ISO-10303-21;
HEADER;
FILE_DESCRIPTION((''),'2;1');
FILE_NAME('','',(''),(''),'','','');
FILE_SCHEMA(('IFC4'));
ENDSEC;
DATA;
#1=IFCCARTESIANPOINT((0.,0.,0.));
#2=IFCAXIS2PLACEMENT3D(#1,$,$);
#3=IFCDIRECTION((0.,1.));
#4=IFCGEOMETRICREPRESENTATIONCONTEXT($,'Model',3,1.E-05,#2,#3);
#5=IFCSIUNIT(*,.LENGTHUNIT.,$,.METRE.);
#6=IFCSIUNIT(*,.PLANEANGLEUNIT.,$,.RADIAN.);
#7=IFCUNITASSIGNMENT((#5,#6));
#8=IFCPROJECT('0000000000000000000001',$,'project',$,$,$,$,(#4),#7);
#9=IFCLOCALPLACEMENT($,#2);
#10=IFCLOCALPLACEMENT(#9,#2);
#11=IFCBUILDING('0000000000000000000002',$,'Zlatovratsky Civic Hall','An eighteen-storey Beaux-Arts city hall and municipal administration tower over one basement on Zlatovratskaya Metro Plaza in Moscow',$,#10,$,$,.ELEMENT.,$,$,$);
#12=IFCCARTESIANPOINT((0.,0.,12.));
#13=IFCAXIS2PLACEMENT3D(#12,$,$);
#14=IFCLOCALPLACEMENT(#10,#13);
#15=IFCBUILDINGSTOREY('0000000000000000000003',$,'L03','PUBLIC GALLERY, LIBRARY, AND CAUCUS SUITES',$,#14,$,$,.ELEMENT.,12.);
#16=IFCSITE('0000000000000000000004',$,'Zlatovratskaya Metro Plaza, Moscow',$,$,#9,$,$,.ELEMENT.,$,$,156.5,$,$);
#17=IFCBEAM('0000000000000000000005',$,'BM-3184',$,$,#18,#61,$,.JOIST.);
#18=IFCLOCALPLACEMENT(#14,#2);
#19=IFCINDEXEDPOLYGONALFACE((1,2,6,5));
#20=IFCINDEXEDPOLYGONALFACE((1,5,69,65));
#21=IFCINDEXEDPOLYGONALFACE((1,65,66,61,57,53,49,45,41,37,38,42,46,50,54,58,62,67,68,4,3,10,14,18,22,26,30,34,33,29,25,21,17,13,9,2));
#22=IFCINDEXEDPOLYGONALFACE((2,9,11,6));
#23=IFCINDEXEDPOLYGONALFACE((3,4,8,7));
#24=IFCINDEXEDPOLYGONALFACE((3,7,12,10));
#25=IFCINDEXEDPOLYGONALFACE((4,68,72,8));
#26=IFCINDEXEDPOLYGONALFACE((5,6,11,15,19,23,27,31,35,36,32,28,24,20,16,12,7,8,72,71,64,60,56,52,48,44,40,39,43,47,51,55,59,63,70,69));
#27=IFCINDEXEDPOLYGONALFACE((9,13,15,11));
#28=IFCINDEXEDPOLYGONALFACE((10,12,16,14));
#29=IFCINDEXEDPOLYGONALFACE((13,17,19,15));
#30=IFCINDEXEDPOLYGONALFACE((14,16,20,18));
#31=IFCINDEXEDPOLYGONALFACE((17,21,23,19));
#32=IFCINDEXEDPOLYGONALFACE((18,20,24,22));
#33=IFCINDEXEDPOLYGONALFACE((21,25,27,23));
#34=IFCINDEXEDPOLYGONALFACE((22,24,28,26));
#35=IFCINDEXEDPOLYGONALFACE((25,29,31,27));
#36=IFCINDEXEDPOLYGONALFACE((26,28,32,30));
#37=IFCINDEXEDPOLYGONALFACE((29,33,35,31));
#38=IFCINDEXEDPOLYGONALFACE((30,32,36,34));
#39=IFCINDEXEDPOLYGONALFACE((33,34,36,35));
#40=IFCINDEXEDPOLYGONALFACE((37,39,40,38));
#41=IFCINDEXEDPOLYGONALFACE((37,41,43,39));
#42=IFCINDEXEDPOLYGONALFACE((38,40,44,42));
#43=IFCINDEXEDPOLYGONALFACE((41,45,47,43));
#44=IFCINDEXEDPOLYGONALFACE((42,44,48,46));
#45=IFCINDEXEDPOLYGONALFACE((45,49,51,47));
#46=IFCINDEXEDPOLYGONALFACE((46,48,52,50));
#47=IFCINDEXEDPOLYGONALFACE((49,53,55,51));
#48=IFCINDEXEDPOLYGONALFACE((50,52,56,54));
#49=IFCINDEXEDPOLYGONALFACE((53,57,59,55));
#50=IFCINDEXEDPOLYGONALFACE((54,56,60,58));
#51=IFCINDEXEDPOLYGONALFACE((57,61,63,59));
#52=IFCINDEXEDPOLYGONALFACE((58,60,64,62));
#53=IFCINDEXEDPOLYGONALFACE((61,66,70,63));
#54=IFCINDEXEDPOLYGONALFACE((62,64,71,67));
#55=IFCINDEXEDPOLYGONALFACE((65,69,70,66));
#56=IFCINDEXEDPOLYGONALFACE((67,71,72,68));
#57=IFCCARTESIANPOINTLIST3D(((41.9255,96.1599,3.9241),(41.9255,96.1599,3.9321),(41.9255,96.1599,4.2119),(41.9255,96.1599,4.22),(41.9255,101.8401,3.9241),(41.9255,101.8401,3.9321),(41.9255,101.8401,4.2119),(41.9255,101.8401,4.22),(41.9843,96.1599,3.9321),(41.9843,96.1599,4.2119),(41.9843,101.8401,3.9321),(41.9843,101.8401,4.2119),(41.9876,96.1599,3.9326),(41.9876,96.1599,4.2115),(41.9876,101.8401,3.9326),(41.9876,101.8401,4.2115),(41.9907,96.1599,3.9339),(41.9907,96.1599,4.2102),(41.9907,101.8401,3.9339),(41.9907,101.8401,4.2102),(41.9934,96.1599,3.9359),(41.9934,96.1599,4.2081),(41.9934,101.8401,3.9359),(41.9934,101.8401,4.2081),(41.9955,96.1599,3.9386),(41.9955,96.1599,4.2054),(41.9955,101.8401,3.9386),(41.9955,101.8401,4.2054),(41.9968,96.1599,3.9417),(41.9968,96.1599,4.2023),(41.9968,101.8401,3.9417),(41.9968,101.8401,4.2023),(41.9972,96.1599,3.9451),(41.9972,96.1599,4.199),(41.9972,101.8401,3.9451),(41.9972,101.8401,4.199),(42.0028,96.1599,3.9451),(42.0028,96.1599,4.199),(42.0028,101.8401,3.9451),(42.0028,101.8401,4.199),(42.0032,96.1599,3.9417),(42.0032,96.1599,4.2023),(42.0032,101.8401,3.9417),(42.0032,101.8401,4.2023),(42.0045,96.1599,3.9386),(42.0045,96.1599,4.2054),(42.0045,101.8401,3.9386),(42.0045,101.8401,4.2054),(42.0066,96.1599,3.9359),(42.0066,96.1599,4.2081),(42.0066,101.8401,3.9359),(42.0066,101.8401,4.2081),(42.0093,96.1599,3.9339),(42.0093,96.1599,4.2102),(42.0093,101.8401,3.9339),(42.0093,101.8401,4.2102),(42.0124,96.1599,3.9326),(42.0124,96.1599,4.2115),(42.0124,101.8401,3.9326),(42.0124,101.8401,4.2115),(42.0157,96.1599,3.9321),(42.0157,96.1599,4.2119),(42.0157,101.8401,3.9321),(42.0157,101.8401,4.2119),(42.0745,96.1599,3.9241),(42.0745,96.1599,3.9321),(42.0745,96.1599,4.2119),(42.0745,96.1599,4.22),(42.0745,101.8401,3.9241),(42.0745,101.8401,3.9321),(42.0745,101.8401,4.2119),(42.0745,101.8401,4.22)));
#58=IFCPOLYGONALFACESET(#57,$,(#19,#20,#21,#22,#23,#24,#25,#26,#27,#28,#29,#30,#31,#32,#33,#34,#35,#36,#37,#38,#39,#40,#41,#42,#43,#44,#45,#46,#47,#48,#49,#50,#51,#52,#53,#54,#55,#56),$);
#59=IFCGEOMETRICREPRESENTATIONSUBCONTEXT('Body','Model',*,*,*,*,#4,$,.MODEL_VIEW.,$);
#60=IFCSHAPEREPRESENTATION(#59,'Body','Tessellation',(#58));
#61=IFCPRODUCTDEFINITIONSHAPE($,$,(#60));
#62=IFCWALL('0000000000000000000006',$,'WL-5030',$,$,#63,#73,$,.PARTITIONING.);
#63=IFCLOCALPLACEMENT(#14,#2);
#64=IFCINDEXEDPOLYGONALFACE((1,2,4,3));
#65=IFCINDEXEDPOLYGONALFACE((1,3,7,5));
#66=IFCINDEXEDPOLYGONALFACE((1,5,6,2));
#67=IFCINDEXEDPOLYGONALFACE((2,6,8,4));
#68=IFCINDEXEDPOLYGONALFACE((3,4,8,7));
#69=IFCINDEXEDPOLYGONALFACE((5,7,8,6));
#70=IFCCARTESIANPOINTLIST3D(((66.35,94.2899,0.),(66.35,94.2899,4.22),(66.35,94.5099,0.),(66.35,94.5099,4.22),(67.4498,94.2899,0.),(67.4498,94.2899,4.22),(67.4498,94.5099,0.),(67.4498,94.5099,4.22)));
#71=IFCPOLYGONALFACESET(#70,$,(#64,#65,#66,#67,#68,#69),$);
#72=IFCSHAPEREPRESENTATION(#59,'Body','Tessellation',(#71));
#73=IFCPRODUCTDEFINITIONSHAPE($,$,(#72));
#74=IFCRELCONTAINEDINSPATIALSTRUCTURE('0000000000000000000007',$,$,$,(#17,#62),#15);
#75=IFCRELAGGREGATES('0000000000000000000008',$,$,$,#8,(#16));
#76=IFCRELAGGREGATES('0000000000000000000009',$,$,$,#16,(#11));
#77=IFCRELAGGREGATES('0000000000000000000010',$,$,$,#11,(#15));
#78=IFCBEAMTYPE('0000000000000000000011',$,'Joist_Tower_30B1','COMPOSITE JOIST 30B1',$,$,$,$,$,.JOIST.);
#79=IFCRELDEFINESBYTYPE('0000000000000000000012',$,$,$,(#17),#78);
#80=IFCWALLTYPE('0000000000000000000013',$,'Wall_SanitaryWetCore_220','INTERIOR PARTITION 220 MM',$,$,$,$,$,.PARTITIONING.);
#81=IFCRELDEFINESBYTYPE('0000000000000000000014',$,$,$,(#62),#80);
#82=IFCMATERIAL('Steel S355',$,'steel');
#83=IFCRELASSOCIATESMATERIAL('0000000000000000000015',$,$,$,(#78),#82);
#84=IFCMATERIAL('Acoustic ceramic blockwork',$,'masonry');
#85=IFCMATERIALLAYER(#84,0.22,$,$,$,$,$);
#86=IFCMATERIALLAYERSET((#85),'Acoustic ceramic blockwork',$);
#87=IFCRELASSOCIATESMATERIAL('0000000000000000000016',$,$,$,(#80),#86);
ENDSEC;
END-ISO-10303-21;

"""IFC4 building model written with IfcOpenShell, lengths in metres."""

from ifc_helpers import new_model, si_unit, direction, frame, frame_2d, origin, origin_2d, place, context, subcontext, project, spatial, rectangle, i_section, extrude, material, layer, layer_set, material_profile, profile_set, type_object, element, save


model = new_model("IFC4")

# Units and contexts
model_context = context("Model", 3, precision=1e-05, world=origin(), true_north=direction((0.0, 1.0)))
body_context = subcontext(model_context, "Body", "Model", "MODEL_VIEW")
ifc_project = project(units=[si_unit("LENGTHUNIT", "METRE"), si_unit("PLANEANGLEUNIT", "RADIAN")], contexts=[model_context])

# Site, building, storey
site_placement = place(None, origin())
site = spatial("IfcSite", under=ifc_project, at=site_placement, Name="Zlatovratskaya Metro Plaza, Moscow", CompositionType="ELEMENT", RefElevation=156.5)
building_placement = place(site_placement, origin())
building = spatial("IfcBuilding", under=site, at=building_placement, Name="Zlatovratsky Civic Hall", Description="An eighteen-storey Beaux-Arts city hall and municipal administration tower over one basement on Zlatovratskaya Metro Plaza in Moscow", CompositionType="ELEMENT")
storey_placement = place(building_placement, frame((0.0, 0.0, 12.0)))
storey = spatial("IfcBuildingStorey", under=building, at=storey_placement, Name="L03", Description="PUBLIC GALLERY, LIBRARY, AND CAUCUS SUITES", CompositionType="ELEMENT", Elevation=12.0)

# Shared definitions
ifc_material_1 = material(Name="Steel S355", Category="steel")

# Beam
ifc_material_profile_1 = material_profile(ifc_material_1, i_section(OverallWidth=0.1489, OverallDepth=0.2959, WebThickness=0.0056, FlangeThickness=0.0081, FilletRadius=0.0129, at=origin_2d()), Name="30B1")
ifc_profile_set_1 = profile_set([ifc_material_profile_1], Name="Steel S355")
beam_type_1 = type_object("IfcBeamType", Name="Joist_Tower_30B1", Description="COMPOSITE JOIST 30B1", PredefinedType="JOIST", material=ifc_profile_set_1)
for number, where, z_axis, x_axis, name in (
    (1, (42.0, 96.1599, 4.072), (0.0, 1.0, 0.0), (-1.0, 0.0, 0.0), "BM-3184"),
):
    element("IfcBeam", number, at=place(storey_placement, frame(where, z_axis=z_axis, x_axis=x_axis)), inside=storey, type_object=beam_type_1, Name=name, PredefinedType="JOIST", context=body_context, shape_type="SweptSolid", body=[
        extrude(i_section(OverallWidth=0.1489, OverallDepth=0.2959, WebThickness=0.0056, FlangeThickness=0.0081, FilletRadius=0.0129, at=origin_2d()), origin(), (0.0, 0.0, 1.0), 5.6802),
    ])

# Wall
ifc_material_2 = material(Name="Acoustic ceramic blockwork", Category="masonry")
ifc_layer = layer(ifc_material_2, 0.22)
ifc_layer_set = layer_set([ifc_layer], Name="Acoustic ceramic blockwork")
wall_type = type_object("IfcWallType", Name="Wall_SanitaryWetCore_220", Description="INTERIOR PARTITION 220 MM", PredefinedType="PARTITIONING", material=ifc_layer_set)
wall_placement = place(storey_placement, frame((66.3501, 94.3999, 0.0), z_axis=(0.0, 0.0, 1.0), x_axis=(1.0, 0.0, 0.0)))
element("IfcWall", 2, at=wall_placement, inside=storey, type_object=wall_type, Name="WL-5030", PredefinedType="PARTITIONING", context=body_context, shape_type="SweptSolid", body=[
    extrude(rectangle(XDim=1.0999, YDim=0.22, at=frame_2d((0.5498, 0.0))), origin(), (0.0, 0.0, 1.0), 4.22),
])

save(model, "model.ifc")
